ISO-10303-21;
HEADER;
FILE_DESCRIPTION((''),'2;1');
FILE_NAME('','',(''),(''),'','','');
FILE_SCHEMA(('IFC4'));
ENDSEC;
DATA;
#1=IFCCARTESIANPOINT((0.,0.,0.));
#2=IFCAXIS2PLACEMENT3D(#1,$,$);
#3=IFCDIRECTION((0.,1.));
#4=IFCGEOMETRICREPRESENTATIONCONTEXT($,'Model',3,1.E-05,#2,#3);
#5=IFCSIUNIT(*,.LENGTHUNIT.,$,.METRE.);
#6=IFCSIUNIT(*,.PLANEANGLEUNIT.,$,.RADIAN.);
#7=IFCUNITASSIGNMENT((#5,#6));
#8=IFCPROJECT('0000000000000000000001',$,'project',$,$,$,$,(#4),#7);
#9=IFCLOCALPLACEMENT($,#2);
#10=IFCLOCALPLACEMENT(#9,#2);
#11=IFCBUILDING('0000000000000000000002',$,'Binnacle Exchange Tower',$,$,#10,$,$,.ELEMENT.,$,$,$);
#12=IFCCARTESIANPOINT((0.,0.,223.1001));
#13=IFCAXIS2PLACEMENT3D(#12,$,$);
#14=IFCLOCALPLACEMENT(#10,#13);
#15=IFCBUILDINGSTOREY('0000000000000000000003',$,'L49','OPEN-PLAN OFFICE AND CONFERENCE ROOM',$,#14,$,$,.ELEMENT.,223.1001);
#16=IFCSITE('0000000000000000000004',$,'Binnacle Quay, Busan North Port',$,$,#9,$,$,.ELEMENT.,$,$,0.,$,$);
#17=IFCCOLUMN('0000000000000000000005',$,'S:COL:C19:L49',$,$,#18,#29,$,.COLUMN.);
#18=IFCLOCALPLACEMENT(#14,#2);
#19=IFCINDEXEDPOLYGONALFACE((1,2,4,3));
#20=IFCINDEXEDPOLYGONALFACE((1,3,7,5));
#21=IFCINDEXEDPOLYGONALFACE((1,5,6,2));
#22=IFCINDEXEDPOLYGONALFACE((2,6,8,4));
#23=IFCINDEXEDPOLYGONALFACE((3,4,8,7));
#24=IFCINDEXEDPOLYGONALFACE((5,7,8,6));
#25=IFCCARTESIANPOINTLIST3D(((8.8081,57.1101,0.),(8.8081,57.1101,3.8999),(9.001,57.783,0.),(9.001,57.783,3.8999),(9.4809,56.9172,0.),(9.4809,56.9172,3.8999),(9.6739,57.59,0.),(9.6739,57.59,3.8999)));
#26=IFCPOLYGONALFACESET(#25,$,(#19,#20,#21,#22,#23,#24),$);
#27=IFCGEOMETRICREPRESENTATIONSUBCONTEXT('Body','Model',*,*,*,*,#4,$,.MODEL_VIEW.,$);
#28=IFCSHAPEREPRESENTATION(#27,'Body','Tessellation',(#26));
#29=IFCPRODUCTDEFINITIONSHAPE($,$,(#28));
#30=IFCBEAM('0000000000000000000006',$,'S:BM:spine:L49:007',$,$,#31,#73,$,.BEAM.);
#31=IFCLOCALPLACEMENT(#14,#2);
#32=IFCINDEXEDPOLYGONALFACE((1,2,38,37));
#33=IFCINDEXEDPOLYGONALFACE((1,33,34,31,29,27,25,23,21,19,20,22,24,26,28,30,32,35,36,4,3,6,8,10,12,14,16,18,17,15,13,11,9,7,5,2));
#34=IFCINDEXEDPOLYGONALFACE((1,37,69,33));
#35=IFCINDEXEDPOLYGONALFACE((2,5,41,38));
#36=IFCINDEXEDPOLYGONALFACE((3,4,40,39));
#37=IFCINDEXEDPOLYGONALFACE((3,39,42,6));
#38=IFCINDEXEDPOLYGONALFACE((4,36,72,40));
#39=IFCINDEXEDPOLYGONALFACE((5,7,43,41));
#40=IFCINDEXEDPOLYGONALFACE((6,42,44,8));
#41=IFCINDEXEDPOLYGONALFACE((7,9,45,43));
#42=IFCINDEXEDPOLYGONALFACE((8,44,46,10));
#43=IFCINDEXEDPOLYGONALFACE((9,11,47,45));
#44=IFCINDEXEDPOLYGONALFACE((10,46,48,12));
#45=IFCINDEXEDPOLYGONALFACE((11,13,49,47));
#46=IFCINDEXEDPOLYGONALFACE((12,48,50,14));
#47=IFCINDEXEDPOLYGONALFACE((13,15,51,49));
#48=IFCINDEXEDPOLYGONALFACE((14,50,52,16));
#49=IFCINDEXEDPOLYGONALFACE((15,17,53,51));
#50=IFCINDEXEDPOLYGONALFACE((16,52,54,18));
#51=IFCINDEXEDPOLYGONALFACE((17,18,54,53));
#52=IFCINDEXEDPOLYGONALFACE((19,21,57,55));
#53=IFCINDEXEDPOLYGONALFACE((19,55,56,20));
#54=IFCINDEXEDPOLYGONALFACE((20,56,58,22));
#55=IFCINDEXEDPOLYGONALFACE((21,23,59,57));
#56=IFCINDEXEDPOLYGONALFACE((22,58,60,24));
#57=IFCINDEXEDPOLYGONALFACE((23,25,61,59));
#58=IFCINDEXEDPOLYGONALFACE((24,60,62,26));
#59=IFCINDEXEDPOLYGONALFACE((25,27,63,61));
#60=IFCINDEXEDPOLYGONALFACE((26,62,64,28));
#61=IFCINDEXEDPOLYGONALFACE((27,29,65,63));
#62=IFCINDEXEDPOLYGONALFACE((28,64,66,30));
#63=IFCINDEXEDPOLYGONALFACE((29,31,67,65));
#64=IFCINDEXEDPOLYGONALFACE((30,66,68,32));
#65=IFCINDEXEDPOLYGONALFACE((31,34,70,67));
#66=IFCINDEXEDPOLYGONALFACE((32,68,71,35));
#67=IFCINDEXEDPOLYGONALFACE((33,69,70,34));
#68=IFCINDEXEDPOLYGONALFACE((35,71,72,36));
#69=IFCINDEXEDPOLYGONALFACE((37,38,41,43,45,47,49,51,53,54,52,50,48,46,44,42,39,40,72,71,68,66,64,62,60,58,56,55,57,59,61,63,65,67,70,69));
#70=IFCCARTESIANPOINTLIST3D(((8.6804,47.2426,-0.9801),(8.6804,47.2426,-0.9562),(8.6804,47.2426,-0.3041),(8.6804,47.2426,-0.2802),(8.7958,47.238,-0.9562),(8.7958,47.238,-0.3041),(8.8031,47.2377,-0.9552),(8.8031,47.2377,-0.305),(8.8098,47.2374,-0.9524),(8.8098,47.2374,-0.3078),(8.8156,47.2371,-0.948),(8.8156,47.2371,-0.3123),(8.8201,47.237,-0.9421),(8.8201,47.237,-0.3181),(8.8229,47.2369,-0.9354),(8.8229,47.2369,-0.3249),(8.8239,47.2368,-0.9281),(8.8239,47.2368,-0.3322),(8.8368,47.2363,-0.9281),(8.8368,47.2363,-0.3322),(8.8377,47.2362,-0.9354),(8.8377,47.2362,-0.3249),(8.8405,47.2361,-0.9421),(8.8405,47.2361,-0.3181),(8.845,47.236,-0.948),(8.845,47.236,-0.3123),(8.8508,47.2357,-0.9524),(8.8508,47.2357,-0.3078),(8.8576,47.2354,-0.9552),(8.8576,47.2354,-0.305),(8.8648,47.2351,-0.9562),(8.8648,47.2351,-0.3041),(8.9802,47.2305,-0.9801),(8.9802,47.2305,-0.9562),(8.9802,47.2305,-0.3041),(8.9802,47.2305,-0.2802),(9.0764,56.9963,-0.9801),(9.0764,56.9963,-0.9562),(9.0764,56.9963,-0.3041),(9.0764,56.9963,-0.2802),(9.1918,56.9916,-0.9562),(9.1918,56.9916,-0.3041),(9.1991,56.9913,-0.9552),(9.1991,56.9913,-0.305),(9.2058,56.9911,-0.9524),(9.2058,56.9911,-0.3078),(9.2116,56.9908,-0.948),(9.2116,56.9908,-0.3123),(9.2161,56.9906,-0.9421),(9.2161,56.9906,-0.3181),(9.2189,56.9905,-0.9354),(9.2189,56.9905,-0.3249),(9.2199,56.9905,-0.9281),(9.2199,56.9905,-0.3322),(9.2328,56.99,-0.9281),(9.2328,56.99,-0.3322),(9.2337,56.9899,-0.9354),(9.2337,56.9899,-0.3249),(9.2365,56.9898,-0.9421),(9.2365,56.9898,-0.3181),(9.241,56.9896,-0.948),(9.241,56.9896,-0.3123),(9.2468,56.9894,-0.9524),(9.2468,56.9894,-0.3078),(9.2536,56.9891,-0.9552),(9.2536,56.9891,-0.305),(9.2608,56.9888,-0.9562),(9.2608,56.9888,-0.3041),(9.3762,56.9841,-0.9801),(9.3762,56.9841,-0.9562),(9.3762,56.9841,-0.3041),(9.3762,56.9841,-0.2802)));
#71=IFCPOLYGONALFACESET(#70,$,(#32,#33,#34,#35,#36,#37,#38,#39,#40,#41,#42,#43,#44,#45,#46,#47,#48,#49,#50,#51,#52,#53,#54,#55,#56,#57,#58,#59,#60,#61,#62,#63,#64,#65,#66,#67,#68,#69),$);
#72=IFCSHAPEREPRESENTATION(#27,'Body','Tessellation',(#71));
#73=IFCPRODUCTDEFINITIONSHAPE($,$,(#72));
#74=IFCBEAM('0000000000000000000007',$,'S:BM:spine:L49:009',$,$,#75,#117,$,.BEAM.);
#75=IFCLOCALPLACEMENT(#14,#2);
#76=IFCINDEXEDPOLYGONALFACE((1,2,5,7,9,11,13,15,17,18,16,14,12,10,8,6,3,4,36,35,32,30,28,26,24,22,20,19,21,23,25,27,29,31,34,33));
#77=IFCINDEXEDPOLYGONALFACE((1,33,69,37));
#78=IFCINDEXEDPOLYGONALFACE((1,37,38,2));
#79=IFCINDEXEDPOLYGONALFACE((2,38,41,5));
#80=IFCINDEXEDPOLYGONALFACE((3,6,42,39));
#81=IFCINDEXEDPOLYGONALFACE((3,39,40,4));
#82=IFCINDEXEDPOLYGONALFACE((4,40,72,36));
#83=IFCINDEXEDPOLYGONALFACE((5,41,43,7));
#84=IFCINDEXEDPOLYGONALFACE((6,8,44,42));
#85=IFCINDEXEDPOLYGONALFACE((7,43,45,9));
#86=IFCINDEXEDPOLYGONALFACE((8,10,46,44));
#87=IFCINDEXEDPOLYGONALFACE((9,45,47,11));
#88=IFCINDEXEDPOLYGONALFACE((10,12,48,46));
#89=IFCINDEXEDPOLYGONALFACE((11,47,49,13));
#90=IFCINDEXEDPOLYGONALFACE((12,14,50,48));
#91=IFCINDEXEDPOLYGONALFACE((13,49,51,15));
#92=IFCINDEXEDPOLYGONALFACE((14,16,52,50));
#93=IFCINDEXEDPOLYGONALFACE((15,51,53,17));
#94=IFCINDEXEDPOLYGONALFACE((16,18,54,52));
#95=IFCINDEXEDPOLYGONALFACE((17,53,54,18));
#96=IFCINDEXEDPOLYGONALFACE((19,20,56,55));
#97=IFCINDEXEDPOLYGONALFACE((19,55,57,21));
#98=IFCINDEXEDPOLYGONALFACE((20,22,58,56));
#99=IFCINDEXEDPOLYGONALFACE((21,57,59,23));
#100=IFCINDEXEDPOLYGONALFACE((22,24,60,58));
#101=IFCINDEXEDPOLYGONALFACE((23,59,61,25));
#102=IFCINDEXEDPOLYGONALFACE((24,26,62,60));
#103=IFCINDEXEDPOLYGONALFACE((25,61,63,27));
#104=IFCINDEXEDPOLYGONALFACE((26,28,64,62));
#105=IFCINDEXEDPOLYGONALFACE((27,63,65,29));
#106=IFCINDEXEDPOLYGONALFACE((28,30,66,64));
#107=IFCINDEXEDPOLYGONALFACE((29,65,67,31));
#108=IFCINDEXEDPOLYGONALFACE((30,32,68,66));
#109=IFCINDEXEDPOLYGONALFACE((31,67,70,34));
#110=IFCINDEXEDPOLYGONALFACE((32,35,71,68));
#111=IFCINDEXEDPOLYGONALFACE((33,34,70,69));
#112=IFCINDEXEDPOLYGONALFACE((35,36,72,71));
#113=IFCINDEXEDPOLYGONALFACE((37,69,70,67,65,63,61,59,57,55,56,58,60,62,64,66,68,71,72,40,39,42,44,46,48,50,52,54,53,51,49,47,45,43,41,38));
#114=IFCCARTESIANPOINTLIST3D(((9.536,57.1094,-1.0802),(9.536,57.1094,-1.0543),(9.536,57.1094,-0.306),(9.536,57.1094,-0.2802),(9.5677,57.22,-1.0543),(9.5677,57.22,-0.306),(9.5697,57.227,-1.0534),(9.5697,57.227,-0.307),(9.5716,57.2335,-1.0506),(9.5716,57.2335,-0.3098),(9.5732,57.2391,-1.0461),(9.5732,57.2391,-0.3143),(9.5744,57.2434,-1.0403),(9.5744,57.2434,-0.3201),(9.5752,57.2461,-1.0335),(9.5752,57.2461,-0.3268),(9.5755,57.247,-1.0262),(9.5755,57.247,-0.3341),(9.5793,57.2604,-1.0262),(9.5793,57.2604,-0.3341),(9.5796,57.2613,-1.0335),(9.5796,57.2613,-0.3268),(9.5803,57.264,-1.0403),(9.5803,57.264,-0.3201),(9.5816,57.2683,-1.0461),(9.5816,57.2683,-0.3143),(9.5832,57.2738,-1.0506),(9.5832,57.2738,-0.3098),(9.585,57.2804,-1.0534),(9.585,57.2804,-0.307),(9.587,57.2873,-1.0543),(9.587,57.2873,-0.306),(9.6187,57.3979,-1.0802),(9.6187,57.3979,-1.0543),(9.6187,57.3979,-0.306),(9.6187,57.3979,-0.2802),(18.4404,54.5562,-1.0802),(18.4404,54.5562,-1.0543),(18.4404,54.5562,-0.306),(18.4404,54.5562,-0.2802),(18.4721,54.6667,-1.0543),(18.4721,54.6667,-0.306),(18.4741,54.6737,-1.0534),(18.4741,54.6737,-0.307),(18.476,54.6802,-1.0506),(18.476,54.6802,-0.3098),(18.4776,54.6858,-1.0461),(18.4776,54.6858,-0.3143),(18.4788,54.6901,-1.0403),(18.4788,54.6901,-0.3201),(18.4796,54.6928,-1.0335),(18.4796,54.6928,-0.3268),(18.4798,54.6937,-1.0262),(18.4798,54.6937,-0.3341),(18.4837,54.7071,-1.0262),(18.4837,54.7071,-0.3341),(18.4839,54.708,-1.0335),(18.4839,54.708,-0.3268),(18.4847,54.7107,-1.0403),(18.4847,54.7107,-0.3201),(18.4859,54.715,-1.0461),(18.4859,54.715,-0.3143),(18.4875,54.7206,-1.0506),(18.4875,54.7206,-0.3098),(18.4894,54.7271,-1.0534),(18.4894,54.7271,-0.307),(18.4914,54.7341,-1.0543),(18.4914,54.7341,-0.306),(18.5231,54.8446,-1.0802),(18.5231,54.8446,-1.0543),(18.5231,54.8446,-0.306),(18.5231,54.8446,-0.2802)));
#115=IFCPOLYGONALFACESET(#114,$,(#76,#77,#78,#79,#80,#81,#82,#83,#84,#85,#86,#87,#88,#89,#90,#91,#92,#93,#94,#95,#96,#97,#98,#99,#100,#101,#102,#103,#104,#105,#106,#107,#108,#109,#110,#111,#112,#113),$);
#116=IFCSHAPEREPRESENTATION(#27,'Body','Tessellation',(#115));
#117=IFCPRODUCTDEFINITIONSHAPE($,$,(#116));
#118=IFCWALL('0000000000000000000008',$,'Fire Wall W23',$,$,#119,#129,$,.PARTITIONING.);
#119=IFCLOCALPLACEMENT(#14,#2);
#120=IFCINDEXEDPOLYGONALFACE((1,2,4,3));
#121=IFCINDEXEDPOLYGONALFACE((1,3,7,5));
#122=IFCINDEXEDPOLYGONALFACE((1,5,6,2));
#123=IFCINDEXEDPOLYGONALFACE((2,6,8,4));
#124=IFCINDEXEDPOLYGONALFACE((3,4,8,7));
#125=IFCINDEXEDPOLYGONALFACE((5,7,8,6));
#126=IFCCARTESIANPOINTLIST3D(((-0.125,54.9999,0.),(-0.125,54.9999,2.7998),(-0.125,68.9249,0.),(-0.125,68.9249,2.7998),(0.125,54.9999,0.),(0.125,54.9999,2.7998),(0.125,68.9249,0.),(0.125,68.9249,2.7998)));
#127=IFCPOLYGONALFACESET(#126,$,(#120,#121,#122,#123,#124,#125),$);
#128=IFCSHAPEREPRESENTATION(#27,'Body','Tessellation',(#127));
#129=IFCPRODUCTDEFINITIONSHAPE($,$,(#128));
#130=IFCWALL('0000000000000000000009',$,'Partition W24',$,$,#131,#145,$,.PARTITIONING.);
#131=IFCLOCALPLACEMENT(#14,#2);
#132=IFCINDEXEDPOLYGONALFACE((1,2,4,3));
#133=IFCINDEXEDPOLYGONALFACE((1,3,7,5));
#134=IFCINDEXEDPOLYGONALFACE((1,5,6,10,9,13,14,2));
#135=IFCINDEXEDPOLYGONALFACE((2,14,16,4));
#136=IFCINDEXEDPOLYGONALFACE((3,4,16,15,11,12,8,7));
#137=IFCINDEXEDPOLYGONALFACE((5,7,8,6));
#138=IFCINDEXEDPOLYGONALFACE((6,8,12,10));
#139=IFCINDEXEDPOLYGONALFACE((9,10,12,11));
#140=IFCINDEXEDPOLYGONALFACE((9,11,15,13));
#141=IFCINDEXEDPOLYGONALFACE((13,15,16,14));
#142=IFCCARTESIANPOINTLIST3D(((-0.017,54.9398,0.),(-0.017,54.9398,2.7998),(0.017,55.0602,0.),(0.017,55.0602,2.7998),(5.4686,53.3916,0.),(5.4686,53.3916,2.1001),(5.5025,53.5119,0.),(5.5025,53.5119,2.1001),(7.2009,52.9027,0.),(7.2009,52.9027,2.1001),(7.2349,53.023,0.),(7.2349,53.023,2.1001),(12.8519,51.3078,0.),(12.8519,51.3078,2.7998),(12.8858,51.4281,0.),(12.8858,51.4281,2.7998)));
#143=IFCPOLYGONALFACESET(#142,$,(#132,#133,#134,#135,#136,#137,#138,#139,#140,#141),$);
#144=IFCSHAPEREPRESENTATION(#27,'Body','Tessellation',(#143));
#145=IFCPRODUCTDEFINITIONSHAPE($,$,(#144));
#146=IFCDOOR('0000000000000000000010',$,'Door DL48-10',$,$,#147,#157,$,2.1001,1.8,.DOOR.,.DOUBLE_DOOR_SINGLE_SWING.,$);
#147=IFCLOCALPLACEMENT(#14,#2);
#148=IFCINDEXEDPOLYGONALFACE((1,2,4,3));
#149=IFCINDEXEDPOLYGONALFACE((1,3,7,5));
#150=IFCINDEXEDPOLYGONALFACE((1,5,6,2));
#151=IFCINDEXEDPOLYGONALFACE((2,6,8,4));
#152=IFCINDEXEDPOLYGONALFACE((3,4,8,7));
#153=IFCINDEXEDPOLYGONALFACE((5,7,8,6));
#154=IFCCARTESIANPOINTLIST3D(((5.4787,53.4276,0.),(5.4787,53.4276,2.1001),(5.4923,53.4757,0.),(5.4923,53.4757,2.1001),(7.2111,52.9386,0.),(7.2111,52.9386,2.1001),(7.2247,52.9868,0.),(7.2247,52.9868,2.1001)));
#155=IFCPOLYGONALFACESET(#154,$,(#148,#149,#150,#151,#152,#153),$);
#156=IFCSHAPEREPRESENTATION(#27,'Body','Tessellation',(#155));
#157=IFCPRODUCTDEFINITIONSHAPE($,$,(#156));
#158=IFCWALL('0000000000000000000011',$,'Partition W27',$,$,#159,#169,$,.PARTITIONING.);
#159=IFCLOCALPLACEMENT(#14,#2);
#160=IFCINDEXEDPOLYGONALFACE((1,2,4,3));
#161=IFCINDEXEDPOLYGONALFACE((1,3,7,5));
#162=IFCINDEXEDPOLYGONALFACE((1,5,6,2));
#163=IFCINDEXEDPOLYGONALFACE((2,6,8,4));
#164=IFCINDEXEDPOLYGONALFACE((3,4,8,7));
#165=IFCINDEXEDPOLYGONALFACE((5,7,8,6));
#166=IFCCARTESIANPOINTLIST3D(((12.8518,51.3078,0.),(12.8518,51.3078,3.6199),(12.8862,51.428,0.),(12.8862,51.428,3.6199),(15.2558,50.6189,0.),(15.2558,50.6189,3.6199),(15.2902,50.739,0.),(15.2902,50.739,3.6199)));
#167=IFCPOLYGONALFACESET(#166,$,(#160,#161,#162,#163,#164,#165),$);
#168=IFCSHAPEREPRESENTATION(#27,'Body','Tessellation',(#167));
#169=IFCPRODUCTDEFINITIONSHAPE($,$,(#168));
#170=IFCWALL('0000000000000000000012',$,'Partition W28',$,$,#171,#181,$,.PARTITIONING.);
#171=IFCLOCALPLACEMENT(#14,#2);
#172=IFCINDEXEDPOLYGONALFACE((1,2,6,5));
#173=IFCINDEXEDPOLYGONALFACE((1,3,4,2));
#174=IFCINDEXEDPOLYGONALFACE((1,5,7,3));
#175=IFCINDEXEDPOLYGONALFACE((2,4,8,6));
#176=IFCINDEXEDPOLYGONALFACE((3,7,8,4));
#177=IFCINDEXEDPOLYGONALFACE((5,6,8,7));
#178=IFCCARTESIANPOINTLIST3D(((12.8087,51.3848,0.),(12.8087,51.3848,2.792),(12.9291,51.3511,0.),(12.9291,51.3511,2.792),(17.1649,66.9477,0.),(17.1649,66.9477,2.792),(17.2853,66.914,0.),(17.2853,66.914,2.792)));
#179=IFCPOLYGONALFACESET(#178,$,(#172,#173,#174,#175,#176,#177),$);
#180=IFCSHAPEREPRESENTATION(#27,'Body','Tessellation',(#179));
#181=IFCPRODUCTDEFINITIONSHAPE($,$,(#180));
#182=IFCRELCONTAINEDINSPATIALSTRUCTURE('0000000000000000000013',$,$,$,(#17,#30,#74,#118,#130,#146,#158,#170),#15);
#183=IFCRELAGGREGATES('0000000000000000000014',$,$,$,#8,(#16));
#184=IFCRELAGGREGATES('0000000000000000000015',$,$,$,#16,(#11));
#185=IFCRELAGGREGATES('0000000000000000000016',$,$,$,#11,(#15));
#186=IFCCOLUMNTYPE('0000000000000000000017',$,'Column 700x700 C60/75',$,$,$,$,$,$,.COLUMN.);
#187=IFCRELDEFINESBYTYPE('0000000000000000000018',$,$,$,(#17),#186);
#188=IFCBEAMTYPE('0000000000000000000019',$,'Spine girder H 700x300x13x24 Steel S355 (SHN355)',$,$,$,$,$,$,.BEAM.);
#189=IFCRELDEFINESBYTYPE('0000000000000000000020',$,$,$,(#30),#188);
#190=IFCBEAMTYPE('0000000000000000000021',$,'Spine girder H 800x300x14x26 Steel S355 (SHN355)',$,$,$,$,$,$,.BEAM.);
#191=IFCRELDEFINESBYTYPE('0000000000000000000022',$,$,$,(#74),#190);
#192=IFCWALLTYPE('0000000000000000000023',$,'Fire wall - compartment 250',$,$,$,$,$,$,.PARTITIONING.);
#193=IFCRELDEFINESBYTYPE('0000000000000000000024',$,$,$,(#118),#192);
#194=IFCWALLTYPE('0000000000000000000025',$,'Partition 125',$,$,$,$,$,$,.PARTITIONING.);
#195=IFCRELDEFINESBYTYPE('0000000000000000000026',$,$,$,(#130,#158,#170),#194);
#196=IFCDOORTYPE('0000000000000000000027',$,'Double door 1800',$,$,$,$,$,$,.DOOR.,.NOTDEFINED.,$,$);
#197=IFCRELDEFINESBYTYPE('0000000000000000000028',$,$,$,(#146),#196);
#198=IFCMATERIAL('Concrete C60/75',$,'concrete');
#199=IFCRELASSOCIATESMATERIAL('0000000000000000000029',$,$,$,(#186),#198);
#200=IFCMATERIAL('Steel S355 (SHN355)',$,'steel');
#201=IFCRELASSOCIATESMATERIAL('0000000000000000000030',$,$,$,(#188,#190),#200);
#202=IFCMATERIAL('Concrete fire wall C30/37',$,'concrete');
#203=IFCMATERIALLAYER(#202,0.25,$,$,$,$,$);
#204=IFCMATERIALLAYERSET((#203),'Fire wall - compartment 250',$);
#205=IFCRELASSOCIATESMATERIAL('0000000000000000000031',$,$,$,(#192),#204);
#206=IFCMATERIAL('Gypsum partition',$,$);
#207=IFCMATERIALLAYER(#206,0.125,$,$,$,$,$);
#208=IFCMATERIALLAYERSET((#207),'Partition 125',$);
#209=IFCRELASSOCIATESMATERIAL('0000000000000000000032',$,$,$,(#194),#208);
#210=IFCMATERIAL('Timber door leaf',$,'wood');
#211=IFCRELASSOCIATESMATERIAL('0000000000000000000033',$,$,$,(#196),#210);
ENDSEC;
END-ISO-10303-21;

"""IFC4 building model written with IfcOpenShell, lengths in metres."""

from ifc_helpers import new_model, si_unit, direction, frame, frame_2d, origin, origin_2d, place, context, subcontext, project, spatial, rectangle, i_section, extrude, material, layer, layer_set, material_profile, profile_set, type_object, element, fill, save


model = new_model("IFC4")

# Units and contexts
model_context = context("Model", 3, precision=1e-05, world=origin(), true_north=direction((0.0, 1.0)))
body_context = subcontext(model_context, "Body", "Model", "MODEL_VIEW")
ifc_project = project(units=[si_unit("LENGTHUNIT", "METRE"), si_unit("PLANEANGLEUNIT", "RADIAN")], contexts=[model_context])

# Site, building, storey
site_placement = place(None, origin())
site = spatial("IfcSite", under=ifc_project, at=site_placement, Name="Binnacle Quay, Busan North Port", CompositionType="ELEMENT", RefElevation=0.0)
building_placement = place(site_placement, origin())
building = spatial("IfcBuilding", under=site, at=building_placement, Name="Binnacle Exchange Tower", CompositionType="ELEMENT")
storey_placement = place(building_placement, frame((0.0, 0.0, 223.1001)))
storey = spatial("IfcBuildingStorey", under=building, at=storey_placement, Name="L49", Description="OPEN-PLAN OFFICE AND CONFERENCE ROOM", CompositionType="ELEMENT", Elevation=223.1001)

# Column
ifc_material_1 = material(Name="Concrete C60/75", Category="concrete")
ifc_material_profile_1 = material_profile(ifc_material_1, rectangle(XDim=0.7, YDim=0.7, at=origin_2d()), Name="Column 700x700 C60/75")
ifc_profile_set_1 = profile_set([ifc_material_profile_1], Name="Concrete C60/75")
column_type = type_object("IfcColumnType", Name="Column 700x700 C60/75", PredefinedType="COLUMN", material=ifc_profile_set_1)
column_placement = place(storey_placement, frame((9.241, 57.3501, 0.0), z_axis=(0.0, 0.0, 1.0), x_axis=(0.961262, -0.275637, 0.0)))
element("IfcColumn", 1, at=column_placement, inside=storey, type_object=column_type, Name="S:COL:C19:L49", PredefinedType="COLUMN", context=body_context, shape_type="SweptSolid", body=[
    extrude(rectangle(XDim=0.7, YDim=0.7, at=origin_2d()), origin(), (0.0, 0.0, 1.0), 3.8999),
])

# Beams
ifc_material_2 = material(Name="Steel S355 (SHN355)", Category="steel")
ifc_material_profile_2 = material_profile(ifc_material_2, i_section(OverallWidth=0.3, OverallDepth=0.7, WebThickness=0.0129, FlangeThickness=0.0239, FilletRadius=0.0281, at=origin_2d()), Name="H 700x300x13x24")
ifc_profile_set_2 = profile_set([ifc_material_profile_2], Name="Steel S355 (SHN355)")
beam_type_1 = type_object("IfcBeamType", Name="Spine girder H 700x300x13x24 Steel S355 (SHN355)", PredefinedType="BEAM", material=ifc_profile_set_2)
beam_1_placement = place(storey_placement, frame((9.2263, 56.9902, -0.6301), z_axis=(-0.040566, -0.999177, 0.0), x_axis=(0.999177, -0.040566, 0.0)))
element("IfcBeam", 2, at=beam_1_placement, inside=storey, type_object=beam_type_1, Name="S:BM:spine:L49:007", PredefinedType="BEAM", context=body_context, shape_type="SweptSolid", body=[
    extrude(i_section(OverallWidth=0.3, OverallDepth=0.7, WebThickness=0.0129, FlangeThickness=0.0239, FilletRadius=0.0281, at=origin_2d()), origin(), (0.0, 0.0, 1.0), 9.7617),
])
ifc_material_profile_3 = material_profile(ifc_material_2, i_section(OverallWidth=0.3, OverallDepth=0.8, WebThickness=0.0139, FlangeThickness=0.0259, FilletRadius=0.0281, at=origin_2d()), Name="H 800x300x14x26")
ifc_profile_set_3 = profile_set([ifc_material_profile_3], Name="Steel S355 (SHN355)")
beam_type_2 = type_object("IfcBeamType", Name="Spine girder H 800x300x14x26 Steel S355 (SHN355)", PredefinedType="BEAM", material=ifc_profile_set_3)
beam_2_placement = place(storey_placement, frame((9.5774, 57.2537, -0.6802), z_axis=(0.961263, -0.275633, 0.0), x_axis=(0.275633, 0.961263, 0.0)))
element("IfcBeam", 3, at=beam_2_placement, inside=storey, type_object=beam_type_2, Name="S:BM:spine:L49:009", PredefinedType="BEAM", context=body_context, shape_type="SweptSolid", body=[
    extrude(i_section(OverallWidth=0.3, OverallDepth=0.8, WebThickness=0.0139, FlangeThickness=0.0259, FilletRadius=0.0281, at=origin_2d()), origin(), (0.0, 0.0, 1.0), 9.2632),
])

# Wall
ifc_material_3 = material(Name="Concrete fire wall C30/37", Category="concrete")
ifc_layer_1 = layer(ifc_material_3, 0.25)
ifc_layer_set_1 = layer_set([ifc_layer_1], Name="Fire wall - compartment 250")
wall_type_1 = type_object("IfcWallType", Name="Fire wall - compartment 250", PredefinedType="PARTITIONING", material=ifc_layer_set_1)
wall_1_placement = place(storey_placement, frame((0.0, 55.0, 0.0), z_axis=(0.0, 0.0, 1.0), x_axis=(0.0, 1.0, 0.0)))
element("IfcWall", 4, at=wall_1_placement, inside=storey, type_object=wall_type_1, Name="Fire Wall W23", PredefinedType="PARTITIONING", context=body_context, shape_type="SweptSolid", body=[
    extrude(rectangle(XDim=13.925, YDim=0.25, at=frame_2d((6.9624, 0.0))), origin(), (0.0, 0.0, 1.0), 2.7998),
])

# Wall, opening, door
ifc_material_4 = material(Name="Gypsum partition")
ifc_layer_2 = layer(ifc_material_4, 0.125)
ifc_layer_set_2 = layer_set([ifc_layer_2], Name="Partition 125")
wall_type_2 = type_object("IfcWallType", Name="Partition 125", PredefinedType="PARTITIONING", material=ifc_layer_set_2)
wall_2_placement = place(storey_placement, frame((0.0, 55.0, 0.0), z_axis=(0.0, 0.0, 1.0), x_axis=(0.962403, -0.271626, 0.0)))
wall_2 = element("IfcWall", 5, at=wall_2_placement, inside=storey, type_object=wall_type_2, Name="Partition W24", PredefinedType="PARTITIONING", context=body_context, shape_type="SweptSolid", body=[
    extrude(rectangle(XDim=13.3716, YDim=0.125, at=frame_2d((6.6858, 0.0))), origin(), (0.0, 0.0, 1.0), 2.7998),
])
opening_placement = place(wall_2_placement, frame((5.7, 0.0, 0.0)))
opening = element("IfcOpeningElement", 6, at=opening_placement, cuts=wall_2, PredefinedType="OPENING", context=body_context, shape_type="SweptSolid", body=[
    extrude(rectangle(XDim=1.8, YDim=2.1001, at=frame_2d((0.8999, 1.05))), frame((0.0, 0.0725, 0.0), z_axis=(0.0, -1.0, 0.0), x_axis=(1.0, 0.0, 0.0)), (0.0, 0.0, 1.0), 0.145),
])
ifc_material_5 = material(Name="Timber door leaf", Category="wood")
door_type = type_object("IfcDoorType", Name="Double door 1800", OperationType="NOTDEFINED", PredefinedType="DOOR", material=ifc_material_5)
door_placement = place(opening_placement, origin())
door = element("IfcDoor", 7, at=door_placement, inside=storey, type_object=door_type, Name="Door DL48-10", OperationType="DOUBLE_DOOR_SINGLE_SWING", OverallHeight=2.1001, OverallWidth=1.8, PredefinedType="DOOR", context=body_context, shape_type="SweptSolid", body=[
    extrude(rectangle(XDim=1.8, YDim=2.1001, at=frame_2d((0.8999, 1.05))), frame((0.0, 0.0249, 0.0), z_axis=(0.0, -1.0, 0.0), x_axis=(1.0, 0.0, 0.0)), (0.0, 0.0, 1.0), 0.05),
])
fill(opening, door)

# Walls
wall_3_placement = place(storey_placement, frame((12.8689, 51.3679, 0.0), z_axis=(0.0, 0.0, 1.0), x_axis=(0.961303, -0.275495, 0.0)))
element("IfcWall", 8, at=wall_3_placement, inside=storey, type_object=wall_type_2, Name="Partition W27", PredefinedType="PARTITIONING", context=body_context, shape_type="SweptSolid", body=[
    extrude(rectangle(XDim=2.5007, YDim=0.125, at=frame_2d((1.2505, 0.0))), origin(), (0.0, 0.0, 1.0), 3.6199),
])
wall_4_placement = place(storey_placement, frame((12.8689, 51.3679, 0.0), z_axis=(0.0, 0.0, 1.0), x_axis=(0.269548, 0.962987, 0.0)))
element("IfcWall", 9, at=wall_4_placement, inside=storey, type_object=wall_type_2, Name="Partition W28", PredefinedType="PARTITIONING", context=body_context, shape_type="SweptSolid", body=[
    extrude(rectangle(XDim=16.1611, YDim=0.125, at=frame_2d((8.0806, 0.0))), origin(), (0.0, 0.0, 1.0), 2.792),
])

save(model, "model.ifc")
